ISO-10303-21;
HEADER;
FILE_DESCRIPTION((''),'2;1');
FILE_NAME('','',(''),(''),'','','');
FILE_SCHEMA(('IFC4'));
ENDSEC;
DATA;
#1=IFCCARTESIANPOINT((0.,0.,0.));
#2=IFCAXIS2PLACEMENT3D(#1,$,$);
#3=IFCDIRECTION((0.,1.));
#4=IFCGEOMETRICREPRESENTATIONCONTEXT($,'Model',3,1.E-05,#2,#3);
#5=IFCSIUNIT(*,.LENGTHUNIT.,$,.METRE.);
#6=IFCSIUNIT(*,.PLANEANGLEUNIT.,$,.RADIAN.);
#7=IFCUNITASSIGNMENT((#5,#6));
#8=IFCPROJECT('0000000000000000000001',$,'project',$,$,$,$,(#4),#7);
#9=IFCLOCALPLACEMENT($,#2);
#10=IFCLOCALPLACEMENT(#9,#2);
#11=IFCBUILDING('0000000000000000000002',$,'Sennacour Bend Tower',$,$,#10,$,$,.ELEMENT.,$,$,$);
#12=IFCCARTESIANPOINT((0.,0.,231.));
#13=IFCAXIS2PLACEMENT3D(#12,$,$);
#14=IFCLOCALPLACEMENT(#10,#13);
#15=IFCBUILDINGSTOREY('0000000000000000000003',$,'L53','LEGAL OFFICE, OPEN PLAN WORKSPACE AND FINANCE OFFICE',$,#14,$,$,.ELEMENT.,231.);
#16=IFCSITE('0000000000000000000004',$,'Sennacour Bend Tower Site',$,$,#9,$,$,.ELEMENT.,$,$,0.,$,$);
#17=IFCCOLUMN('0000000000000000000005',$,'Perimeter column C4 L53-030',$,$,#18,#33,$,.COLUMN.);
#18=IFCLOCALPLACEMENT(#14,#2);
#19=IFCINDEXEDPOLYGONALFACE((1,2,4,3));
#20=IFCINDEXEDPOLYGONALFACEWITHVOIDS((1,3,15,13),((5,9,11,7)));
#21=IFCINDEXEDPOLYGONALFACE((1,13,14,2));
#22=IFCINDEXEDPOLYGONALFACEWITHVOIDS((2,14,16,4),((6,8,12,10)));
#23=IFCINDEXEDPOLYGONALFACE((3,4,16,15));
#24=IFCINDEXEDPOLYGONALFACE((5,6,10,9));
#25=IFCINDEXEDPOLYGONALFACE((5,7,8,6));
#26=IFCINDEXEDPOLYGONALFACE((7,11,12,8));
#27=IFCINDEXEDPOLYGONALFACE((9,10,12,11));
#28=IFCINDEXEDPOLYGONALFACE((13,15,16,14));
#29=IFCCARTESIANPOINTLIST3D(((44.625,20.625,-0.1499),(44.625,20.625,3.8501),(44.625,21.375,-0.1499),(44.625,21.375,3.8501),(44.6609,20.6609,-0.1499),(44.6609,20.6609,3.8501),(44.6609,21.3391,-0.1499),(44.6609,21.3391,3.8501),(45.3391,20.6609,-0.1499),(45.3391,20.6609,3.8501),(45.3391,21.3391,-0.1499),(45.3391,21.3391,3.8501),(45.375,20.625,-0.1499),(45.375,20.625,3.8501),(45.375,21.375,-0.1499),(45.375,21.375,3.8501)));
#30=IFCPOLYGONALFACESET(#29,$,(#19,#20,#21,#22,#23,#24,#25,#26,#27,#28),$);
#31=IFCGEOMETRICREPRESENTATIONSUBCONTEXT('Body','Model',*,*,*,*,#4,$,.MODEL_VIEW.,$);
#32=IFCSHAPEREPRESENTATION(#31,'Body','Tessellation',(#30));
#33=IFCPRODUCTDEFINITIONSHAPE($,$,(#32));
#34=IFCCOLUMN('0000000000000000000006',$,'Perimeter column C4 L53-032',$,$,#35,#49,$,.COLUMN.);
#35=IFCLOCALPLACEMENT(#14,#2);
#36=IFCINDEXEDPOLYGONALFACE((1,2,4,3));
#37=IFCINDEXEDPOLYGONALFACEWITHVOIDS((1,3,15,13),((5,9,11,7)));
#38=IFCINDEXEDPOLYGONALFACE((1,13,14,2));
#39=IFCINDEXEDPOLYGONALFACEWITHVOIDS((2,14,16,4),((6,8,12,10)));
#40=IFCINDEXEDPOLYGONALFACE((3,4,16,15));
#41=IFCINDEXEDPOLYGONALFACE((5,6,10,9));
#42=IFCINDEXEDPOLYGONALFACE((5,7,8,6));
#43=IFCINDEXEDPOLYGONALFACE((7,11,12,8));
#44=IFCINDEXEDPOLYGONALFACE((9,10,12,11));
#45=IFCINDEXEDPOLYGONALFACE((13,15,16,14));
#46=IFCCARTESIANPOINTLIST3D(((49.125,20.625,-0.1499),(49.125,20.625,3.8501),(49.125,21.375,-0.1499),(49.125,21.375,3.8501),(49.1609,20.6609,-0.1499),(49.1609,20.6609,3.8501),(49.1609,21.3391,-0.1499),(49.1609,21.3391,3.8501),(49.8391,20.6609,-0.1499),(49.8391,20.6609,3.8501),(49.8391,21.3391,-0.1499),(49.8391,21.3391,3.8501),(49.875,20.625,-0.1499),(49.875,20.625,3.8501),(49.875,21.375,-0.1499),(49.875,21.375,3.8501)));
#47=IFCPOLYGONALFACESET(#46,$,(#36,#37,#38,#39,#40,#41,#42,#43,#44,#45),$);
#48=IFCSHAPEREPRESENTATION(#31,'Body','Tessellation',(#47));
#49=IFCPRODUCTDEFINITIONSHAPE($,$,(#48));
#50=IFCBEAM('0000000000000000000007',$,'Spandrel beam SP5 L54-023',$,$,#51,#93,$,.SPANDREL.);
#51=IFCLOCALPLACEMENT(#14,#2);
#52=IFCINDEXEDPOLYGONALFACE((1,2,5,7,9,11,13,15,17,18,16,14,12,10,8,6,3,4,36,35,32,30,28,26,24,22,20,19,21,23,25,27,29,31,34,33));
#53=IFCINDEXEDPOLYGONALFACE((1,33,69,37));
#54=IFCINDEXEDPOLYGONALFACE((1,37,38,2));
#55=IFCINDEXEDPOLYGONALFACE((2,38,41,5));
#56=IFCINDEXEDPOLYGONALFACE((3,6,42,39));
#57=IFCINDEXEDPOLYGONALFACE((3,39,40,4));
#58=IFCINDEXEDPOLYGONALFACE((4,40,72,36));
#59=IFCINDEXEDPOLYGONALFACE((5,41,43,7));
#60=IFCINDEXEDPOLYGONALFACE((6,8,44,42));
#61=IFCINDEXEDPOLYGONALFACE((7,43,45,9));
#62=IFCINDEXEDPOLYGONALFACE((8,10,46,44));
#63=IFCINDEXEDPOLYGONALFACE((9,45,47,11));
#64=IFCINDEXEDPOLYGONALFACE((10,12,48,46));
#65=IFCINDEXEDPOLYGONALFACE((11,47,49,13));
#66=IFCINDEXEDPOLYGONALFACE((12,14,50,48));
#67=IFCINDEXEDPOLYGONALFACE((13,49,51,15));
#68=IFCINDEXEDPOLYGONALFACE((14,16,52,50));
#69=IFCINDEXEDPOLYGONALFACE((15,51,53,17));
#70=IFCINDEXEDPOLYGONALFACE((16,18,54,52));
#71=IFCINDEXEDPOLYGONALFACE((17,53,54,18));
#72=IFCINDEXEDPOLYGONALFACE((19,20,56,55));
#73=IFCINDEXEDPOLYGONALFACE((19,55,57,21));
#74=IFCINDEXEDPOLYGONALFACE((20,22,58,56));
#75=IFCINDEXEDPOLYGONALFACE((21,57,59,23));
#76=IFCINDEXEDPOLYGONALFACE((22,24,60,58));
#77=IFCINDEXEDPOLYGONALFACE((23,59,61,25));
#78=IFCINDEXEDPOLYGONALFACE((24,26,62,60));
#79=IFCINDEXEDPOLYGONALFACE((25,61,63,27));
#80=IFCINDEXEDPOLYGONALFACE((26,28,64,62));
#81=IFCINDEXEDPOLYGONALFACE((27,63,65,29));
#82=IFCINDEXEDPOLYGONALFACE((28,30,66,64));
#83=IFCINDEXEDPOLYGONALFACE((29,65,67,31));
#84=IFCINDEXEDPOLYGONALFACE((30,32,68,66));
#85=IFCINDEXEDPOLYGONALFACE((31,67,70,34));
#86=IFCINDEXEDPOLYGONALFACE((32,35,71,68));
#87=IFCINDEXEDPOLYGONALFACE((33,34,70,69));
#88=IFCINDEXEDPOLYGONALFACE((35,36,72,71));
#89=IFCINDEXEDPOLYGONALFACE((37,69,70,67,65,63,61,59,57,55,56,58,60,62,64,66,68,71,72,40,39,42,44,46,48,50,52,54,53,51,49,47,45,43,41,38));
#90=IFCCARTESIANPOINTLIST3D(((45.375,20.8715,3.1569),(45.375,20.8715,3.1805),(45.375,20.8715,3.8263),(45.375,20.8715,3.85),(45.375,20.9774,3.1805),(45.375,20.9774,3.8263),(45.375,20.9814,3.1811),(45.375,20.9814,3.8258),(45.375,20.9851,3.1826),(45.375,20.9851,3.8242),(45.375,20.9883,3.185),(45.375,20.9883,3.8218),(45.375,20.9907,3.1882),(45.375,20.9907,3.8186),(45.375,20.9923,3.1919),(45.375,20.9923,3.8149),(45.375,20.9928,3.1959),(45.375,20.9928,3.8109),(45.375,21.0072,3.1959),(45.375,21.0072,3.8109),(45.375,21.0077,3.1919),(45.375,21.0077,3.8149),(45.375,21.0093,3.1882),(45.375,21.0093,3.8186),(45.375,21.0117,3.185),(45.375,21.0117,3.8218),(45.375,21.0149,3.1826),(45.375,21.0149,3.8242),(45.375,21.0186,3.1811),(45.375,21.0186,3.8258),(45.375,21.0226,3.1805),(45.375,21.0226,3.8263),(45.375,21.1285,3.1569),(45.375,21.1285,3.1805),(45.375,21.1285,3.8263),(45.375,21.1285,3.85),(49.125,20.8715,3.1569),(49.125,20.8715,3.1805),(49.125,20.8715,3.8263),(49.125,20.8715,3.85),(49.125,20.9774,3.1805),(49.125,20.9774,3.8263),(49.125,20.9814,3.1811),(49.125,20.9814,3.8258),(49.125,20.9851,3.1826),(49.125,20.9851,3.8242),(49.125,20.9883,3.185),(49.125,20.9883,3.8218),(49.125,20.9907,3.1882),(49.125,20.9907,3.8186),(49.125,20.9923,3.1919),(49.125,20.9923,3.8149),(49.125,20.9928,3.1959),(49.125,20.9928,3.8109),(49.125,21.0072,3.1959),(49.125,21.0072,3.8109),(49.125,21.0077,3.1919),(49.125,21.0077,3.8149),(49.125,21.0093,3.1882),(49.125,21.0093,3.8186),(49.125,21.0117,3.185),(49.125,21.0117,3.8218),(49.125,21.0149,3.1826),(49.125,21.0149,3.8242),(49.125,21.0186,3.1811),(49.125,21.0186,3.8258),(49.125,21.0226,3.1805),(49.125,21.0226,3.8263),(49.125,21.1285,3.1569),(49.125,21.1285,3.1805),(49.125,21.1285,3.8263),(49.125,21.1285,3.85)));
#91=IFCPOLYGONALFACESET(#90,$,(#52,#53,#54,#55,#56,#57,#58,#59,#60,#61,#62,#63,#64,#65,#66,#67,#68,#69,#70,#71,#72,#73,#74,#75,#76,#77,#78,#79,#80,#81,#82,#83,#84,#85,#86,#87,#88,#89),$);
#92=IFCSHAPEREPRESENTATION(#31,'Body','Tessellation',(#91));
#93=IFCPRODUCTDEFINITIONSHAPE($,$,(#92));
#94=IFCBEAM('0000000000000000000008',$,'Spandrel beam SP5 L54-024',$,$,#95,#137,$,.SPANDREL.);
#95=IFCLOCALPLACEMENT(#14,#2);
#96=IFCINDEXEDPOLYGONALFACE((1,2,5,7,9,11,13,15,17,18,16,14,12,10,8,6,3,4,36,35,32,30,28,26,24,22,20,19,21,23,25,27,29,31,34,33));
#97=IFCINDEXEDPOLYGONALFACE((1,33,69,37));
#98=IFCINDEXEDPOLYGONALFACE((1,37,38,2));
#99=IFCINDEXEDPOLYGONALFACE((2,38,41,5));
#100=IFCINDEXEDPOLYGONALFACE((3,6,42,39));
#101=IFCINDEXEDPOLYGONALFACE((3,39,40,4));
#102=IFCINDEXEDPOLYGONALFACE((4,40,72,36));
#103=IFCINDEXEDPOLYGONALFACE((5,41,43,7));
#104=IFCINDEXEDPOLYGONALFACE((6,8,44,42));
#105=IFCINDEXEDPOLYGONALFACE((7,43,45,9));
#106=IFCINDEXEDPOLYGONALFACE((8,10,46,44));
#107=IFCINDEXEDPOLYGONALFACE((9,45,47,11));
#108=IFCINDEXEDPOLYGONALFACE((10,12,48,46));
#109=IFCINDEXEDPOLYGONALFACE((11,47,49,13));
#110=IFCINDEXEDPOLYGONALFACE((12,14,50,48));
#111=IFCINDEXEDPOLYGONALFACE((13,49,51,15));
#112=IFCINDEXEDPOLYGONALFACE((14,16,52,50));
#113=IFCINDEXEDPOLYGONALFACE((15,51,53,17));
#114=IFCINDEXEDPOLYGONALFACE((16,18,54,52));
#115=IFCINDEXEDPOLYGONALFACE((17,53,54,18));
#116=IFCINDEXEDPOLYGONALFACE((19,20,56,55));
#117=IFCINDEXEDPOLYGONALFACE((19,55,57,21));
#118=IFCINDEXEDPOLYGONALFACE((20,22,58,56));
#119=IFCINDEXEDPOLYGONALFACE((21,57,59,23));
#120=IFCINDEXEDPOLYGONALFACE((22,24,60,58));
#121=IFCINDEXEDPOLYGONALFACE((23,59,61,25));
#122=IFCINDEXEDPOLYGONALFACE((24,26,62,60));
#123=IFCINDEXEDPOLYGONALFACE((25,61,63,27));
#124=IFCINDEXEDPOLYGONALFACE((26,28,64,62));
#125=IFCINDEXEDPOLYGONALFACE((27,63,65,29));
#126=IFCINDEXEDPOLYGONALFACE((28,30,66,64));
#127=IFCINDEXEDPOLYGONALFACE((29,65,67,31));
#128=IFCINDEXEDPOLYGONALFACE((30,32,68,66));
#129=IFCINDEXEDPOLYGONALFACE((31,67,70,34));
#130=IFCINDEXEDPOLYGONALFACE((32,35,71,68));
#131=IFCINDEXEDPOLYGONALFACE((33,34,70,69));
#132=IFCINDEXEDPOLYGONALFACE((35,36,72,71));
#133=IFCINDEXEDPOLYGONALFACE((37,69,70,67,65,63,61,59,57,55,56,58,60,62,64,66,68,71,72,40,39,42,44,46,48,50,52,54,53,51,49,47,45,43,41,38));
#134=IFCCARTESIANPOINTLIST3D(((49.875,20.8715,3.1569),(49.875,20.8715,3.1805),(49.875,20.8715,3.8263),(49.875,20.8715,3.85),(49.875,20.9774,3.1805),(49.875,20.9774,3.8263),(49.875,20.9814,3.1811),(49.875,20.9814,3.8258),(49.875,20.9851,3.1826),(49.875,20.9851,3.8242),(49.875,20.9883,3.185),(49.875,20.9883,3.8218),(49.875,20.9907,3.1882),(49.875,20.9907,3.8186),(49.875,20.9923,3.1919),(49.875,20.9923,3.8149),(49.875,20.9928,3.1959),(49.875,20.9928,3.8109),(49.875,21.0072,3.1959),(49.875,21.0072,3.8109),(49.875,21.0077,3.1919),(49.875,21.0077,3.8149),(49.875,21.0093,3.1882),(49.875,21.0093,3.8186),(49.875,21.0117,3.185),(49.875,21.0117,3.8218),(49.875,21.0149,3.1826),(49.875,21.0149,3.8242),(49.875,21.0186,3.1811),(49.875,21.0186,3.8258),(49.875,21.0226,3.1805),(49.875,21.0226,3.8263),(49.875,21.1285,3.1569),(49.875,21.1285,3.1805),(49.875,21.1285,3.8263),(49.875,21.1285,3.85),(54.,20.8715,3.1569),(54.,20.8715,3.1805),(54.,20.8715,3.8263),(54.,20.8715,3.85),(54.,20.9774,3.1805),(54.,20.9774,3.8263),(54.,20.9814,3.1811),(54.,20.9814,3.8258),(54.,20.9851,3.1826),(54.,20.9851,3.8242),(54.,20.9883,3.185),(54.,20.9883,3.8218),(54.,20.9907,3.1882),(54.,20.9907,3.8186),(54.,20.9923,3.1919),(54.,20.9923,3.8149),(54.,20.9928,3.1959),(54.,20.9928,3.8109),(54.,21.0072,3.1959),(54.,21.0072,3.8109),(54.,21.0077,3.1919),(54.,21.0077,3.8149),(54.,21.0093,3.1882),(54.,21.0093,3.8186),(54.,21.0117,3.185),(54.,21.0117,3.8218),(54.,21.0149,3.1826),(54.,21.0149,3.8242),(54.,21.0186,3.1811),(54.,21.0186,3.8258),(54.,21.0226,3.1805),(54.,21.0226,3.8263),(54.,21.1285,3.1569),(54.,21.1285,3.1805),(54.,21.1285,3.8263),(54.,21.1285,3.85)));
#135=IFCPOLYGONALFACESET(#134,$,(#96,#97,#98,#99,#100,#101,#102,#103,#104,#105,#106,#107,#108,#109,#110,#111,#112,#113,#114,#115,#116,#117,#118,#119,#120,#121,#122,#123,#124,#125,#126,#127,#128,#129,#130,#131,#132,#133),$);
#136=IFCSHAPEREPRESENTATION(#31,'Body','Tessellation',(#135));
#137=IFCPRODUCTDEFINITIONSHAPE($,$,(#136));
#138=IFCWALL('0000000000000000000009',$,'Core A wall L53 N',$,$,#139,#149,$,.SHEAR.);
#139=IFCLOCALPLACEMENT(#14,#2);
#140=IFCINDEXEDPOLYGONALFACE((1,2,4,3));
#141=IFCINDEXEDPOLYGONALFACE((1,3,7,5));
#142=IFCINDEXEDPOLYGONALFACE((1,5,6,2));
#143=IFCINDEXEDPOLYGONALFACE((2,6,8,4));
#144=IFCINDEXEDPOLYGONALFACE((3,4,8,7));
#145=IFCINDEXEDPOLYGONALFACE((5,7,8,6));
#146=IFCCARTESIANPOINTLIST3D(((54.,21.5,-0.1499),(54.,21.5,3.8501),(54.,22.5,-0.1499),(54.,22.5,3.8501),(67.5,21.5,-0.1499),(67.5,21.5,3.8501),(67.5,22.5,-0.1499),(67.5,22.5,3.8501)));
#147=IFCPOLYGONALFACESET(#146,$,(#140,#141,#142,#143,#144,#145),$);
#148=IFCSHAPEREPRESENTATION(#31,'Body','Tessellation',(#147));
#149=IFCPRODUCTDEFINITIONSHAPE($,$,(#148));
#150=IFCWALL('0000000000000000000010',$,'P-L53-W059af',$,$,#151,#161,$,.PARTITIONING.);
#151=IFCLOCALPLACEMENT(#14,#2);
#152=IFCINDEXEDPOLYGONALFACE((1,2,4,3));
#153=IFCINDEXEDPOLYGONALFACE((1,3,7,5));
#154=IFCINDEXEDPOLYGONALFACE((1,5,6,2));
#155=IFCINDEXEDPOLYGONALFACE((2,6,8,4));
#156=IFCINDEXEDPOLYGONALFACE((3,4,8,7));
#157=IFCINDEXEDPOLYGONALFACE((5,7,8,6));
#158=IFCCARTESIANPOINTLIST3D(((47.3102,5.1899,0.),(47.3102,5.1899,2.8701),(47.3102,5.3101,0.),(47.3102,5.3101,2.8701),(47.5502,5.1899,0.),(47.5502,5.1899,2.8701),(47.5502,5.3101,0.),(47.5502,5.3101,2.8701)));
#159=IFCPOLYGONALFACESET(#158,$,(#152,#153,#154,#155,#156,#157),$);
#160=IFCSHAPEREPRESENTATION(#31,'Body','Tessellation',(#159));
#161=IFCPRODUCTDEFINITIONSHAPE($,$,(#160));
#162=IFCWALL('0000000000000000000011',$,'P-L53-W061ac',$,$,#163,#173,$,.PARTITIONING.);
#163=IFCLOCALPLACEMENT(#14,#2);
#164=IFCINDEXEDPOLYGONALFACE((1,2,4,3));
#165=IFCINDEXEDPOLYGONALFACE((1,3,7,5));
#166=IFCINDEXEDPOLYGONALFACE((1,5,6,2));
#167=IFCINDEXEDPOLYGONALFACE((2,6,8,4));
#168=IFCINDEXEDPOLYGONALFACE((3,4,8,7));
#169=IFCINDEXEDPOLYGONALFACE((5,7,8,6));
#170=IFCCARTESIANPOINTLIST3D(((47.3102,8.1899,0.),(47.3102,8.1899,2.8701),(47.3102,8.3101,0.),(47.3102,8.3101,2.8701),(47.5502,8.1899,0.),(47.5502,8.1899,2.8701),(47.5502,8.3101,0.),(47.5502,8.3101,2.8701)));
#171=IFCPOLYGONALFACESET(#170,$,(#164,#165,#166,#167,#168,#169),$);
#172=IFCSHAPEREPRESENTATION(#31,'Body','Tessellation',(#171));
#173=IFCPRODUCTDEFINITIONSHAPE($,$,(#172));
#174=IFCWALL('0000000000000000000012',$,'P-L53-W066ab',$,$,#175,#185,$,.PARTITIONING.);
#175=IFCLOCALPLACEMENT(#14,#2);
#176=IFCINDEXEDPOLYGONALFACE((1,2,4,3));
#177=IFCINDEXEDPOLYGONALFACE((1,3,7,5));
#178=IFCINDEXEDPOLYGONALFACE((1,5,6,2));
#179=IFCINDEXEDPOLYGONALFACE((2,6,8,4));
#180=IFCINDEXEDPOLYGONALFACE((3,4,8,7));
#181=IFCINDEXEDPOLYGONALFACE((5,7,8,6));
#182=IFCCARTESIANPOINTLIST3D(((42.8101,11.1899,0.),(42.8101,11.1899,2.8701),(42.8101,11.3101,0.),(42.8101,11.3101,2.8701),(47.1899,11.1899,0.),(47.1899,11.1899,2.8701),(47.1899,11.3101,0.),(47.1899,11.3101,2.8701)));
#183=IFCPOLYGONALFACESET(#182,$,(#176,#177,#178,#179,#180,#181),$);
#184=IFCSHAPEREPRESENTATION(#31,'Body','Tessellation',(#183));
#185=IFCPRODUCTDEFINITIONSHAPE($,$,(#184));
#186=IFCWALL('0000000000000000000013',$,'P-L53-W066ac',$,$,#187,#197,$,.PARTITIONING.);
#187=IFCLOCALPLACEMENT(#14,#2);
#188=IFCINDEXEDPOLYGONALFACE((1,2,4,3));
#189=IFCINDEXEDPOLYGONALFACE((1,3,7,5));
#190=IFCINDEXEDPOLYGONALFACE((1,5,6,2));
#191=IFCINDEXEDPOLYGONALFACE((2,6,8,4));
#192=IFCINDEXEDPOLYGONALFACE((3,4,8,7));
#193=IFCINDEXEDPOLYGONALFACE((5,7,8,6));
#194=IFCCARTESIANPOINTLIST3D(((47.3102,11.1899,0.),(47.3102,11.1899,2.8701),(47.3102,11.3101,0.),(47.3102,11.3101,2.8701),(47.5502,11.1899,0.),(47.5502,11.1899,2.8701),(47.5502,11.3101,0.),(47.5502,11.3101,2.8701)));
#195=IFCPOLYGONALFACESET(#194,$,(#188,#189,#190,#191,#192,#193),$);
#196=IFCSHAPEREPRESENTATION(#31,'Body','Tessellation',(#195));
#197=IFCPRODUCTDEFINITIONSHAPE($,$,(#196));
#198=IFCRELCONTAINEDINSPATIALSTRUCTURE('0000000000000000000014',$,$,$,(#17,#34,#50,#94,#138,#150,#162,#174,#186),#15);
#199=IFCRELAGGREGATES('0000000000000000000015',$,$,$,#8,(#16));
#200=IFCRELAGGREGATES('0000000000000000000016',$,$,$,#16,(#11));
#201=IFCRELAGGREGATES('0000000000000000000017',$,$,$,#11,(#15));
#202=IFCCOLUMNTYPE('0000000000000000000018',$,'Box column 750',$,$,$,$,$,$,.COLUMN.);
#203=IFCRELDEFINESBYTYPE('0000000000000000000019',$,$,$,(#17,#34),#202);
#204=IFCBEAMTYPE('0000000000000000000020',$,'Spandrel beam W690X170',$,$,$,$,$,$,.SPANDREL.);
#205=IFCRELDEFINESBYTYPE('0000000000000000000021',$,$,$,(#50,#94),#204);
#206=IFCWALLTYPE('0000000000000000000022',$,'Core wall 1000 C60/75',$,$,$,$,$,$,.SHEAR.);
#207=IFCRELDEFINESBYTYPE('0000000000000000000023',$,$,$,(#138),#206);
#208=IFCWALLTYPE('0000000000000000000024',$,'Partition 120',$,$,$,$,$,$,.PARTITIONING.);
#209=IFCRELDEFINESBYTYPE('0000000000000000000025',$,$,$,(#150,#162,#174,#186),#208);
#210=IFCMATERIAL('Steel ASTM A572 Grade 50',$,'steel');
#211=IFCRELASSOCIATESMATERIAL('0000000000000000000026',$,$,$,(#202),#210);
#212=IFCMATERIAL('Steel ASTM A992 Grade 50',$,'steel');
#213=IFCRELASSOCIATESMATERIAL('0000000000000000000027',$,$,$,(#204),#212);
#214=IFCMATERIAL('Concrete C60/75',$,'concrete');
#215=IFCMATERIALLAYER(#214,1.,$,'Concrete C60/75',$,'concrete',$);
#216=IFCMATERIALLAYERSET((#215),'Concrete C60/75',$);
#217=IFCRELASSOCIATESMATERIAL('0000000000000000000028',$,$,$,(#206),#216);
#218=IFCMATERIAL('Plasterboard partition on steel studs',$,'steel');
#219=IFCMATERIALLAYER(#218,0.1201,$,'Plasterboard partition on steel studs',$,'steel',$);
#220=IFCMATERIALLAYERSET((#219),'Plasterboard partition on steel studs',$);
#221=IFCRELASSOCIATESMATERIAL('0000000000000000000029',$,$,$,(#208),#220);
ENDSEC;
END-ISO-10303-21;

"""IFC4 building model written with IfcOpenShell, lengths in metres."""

from ifc_helpers import new_model, si_unit, direction, frame, frame_2d, origin, origin_2d, place, context, subcontext, project, spatial, rectangle, hollow_rectangle, i_section, extrude, material, layer, layer_set, material_profile, profile_set, type_object, element, save


model = new_model("IFC4")

# Units and contexts
model_context = context("Model", 3, precision=1e-05, world=origin(), true_north=direction((0.0, 1.0)))
body_context = subcontext(model_context, "Body", "Model", "MODEL_VIEW")
ifc_project = project(units=[si_unit("LENGTHUNIT", "METRE"), si_unit("PLANEANGLEUNIT", "RADIAN")], contexts=[model_context])

# Site, building, storey
site_placement = place(None, origin())
site = spatial("IfcSite", under=ifc_project, at=site_placement, Name="Sennacour Bend Tower Site", CompositionType="ELEMENT", RefElevation=0.0)
building_placement = place(site_placement, origin())
building = spatial("IfcBuilding", under=site, at=building_placement, Name="Sennacour Bend Tower", CompositionType="ELEMENT")
storey_placement = place(building_placement, frame((0.0, 0.0, 231.0)))
storey = spatial("IfcBuildingStorey", under=building, at=storey_placement, Name="L53", Description="LEGAL OFFICE, OPEN PLAN WORKSPACE AND FINANCE OFFICE", CompositionType="ELEMENT", Elevation=231.0)

# Columns
ifc_material_1 = material(Name="Steel ASTM A572 Grade 50", Category="steel")
ifc_material_profile_1 = material_profile(ifc_material_1, hollow_rectangle(XDim=0.75, YDim=0.75, WallThickness=0.0359, at=origin_2d()), Name="Steel ASTM A572 Grade 50", Category="steel")
ifc_profile_set_1 = profile_set([ifc_material_profile_1], Name="Steel ASTM A572 Grade 50")
column_type = type_object("IfcColumnType", Name="Box column 750", PredefinedType="COLUMN", material=ifc_profile_set_1)
for number, where, z_axis, x_axis, name in (
    (1, (45.0, 21.0, -0.1499), (0.0, 0.0, 1.0), (1.0, 0.0, 0.0), "Perimeter column C4 L53-030"),
    (2, (49.5, 21.0, -0.1499), (0.0, 0.0, 1.0), (1.0, 0.0, 0.0), "Perimeter column C4 L53-032"),
):
    element("IfcColumn", number, at=place(storey_placement, frame(where, z_axis=z_axis, x_axis=x_axis)), inside=storey, type_object=column_type, Name=name, PredefinedType="COLUMN", context=body_context, shape_type="SweptSolid", body=[
        extrude(hollow_rectangle(XDim=0.75, YDim=0.75, WallThickness=0.0359, at=origin_2d()), origin(), (0.0, 0.0, 1.0), 4.0),
    ])

# Beams
ifc_material_2 = material(Name="Steel ASTM A992 Grade 50", Category="steel")
ifc_material_profile_2 = material_profile(ifc_material_2, i_section(OverallWidth=0.2571, OverallDepth=0.6931, WebThickness=0.0144, FlangeThickness=0.0237, FilletRadius=0.0154, at=origin_2d()), Name="Steel ASTM A992 Grade 50", Category="steel")
ifc_profile_set_2 = profile_set([ifc_material_profile_2], Name="Steel ASTM A992 Grade 50")
beam_type = type_object("IfcBeamType", Name="Spandrel beam W690X170", PredefinedType="SPANDREL", material=ifc_profile_set_2)
beam_1_placement = place(storey_placement, frame((45.375, 21.0, 3.5034), z_axis=(1.0, 0.0, 0.0), x_axis=(0.0, 1.0, 0.0)))
element("IfcBeam", 3, at=beam_1_placement, inside=storey, type_object=beam_type, Name="Spandrel beam SP5 L54-023", PredefinedType="SPANDREL", context=body_context, shape_type="SweptSolid", body=[
    extrude(i_section(OverallWidth=0.2571, OverallDepth=0.6931, WebThickness=0.0144, FlangeThickness=0.0237, FilletRadius=0.0154, at=origin_2d()), origin(), (0.0, 0.0, 1.0), 3.75),
])
beam_2_placement = place(storey_placement, frame((49.875, 21.0, 3.5034), z_axis=(1.0, 0.0, 0.0), x_axis=(0.0, 1.0, 0.0)))
element("IfcBeam", 4, at=beam_2_placement, inside=storey, type_object=beam_type, Name="Spandrel beam SP5 L54-024", PredefinedType="SPANDREL", context=body_context, shape_type="SweptSolid", body=[
    extrude(i_section(OverallWidth=0.2571, OverallDepth=0.6931, WebThickness=0.0144, FlangeThickness=0.0237, FilletRadius=0.0154, at=origin_2d()), origin(), (0.0, 0.0, 1.0), 4.125),
])

# Walls
ifc_material_3 = material(Name="Concrete C60/75", Category="concrete")
ifc_layer_1 = layer(ifc_material_3, 1.0, Name="Concrete C60/75", Category="concrete")
ifc_layer_set_1 = layer_set([ifc_layer_1], Name="Concrete C60/75")
wall_type_1 = type_object("IfcWallType", Name="Core wall 1000 C60/75", PredefinedType="SHEAR", material=ifc_layer_set_1)
wall_1_placement = place(storey_placement, frame((54.0, 22.0, -0.1499), z_axis=(0.0, 0.0, 1.0), x_axis=(1.0, 0.0, 0.0)))
element("IfcWall", 5, at=wall_1_placement, inside=storey, type_object=wall_type_1, Name="Core A wall L53 N", PredefinedType="SHEAR", context=body_context, shape_type="SweptSolid", body=[
    extrude(rectangle(XDim=13.5, YDim=1.0, at=frame_2d((6.75, 0.0))), origin(), (0.0, 0.0, 1.0), 4.0),
])
ifc_material_4 = material(Name="Plasterboard partition on steel studs", Category="steel")
ifc_layer_2 = layer(ifc_material_4, 0.1201, Name="Plasterboard partition on steel studs", Category="steel")
ifc_layer_set_2 = layer_set([ifc_layer_2], Name="Plasterboard partition on steel studs")
wall_type_2 = type_object("IfcWallType", Name="Partition 120", PredefinedType="PARTITIONING", material=ifc_layer_set_2)
for number, where, z_axis, x_axis, name in (
    (6, (47.3101, 5.25, 0.0), (0.0, 0.0, 1.0), (1.0, 0.0, 0.0), "P-L53-W059af"),
    (7, (47.3101, 8.25, 0.0), (0.0, 0.0, 1.0), (1.0, 0.0, 0.0), "P-L53-W061ac"),
):
    element("IfcWall", number, at=place(storey_placement, frame(where, z_axis=z_axis, x_axis=x_axis)), inside=storey, type_object=wall_type_2, Name=name, PredefinedType="PARTITIONING", context=body_context, shape_type="SweptSolid", body=[
        extrude(rectangle(XDim=0.24, YDim=0.1201, at=frame_2d((0.1201, 0.0))), origin(), (0.0, 0.0, 1.0), 2.8701),
    ])
wall_2_placement = place(storey_placement, frame((42.8101, 11.25, 0.0), z_axis=(0.0, 0.0, 1.0), x_axis=(1.0, 0.0, 0.0)))
element("IfcWall", 8, at=wall_2_placement, inside=storey, type_object=wall_type_2, Name="P-L53-W066ab", PredefinedType="PARTITIONING", context=body_context, shape_type="SweptSolid", body=[
    extrude(rectangle(XDim=4.3799, YDim=0.1201, at=frame_2d((2.1899, 0.0))), origin(), (0.0, 0.0, 1.0), 2.8701),
])
wall_3_placement = place(storey_placement, frame((47.3101, 11.25, 0.0), z_axis=(0.0, 0.0, 1.0), x_axis=(1.0, 0.0, 0.0)))
element("IfcWall", 9, at=wall_3_placement, inside=storey, type_object=wall_type_2, Name="P-L53-W066ac", PredefinedType="PARTITIONING", context=body_context, shape_type="SweptSolid", body=[
    extrude(rectangle(XDim=0.24, YDim=0.1201, at=frame_2d((0.1201, 0.0))), origin(), (0.0, 0.0, 1.0), 2.8701),
])

save(model, "model.ifc")
